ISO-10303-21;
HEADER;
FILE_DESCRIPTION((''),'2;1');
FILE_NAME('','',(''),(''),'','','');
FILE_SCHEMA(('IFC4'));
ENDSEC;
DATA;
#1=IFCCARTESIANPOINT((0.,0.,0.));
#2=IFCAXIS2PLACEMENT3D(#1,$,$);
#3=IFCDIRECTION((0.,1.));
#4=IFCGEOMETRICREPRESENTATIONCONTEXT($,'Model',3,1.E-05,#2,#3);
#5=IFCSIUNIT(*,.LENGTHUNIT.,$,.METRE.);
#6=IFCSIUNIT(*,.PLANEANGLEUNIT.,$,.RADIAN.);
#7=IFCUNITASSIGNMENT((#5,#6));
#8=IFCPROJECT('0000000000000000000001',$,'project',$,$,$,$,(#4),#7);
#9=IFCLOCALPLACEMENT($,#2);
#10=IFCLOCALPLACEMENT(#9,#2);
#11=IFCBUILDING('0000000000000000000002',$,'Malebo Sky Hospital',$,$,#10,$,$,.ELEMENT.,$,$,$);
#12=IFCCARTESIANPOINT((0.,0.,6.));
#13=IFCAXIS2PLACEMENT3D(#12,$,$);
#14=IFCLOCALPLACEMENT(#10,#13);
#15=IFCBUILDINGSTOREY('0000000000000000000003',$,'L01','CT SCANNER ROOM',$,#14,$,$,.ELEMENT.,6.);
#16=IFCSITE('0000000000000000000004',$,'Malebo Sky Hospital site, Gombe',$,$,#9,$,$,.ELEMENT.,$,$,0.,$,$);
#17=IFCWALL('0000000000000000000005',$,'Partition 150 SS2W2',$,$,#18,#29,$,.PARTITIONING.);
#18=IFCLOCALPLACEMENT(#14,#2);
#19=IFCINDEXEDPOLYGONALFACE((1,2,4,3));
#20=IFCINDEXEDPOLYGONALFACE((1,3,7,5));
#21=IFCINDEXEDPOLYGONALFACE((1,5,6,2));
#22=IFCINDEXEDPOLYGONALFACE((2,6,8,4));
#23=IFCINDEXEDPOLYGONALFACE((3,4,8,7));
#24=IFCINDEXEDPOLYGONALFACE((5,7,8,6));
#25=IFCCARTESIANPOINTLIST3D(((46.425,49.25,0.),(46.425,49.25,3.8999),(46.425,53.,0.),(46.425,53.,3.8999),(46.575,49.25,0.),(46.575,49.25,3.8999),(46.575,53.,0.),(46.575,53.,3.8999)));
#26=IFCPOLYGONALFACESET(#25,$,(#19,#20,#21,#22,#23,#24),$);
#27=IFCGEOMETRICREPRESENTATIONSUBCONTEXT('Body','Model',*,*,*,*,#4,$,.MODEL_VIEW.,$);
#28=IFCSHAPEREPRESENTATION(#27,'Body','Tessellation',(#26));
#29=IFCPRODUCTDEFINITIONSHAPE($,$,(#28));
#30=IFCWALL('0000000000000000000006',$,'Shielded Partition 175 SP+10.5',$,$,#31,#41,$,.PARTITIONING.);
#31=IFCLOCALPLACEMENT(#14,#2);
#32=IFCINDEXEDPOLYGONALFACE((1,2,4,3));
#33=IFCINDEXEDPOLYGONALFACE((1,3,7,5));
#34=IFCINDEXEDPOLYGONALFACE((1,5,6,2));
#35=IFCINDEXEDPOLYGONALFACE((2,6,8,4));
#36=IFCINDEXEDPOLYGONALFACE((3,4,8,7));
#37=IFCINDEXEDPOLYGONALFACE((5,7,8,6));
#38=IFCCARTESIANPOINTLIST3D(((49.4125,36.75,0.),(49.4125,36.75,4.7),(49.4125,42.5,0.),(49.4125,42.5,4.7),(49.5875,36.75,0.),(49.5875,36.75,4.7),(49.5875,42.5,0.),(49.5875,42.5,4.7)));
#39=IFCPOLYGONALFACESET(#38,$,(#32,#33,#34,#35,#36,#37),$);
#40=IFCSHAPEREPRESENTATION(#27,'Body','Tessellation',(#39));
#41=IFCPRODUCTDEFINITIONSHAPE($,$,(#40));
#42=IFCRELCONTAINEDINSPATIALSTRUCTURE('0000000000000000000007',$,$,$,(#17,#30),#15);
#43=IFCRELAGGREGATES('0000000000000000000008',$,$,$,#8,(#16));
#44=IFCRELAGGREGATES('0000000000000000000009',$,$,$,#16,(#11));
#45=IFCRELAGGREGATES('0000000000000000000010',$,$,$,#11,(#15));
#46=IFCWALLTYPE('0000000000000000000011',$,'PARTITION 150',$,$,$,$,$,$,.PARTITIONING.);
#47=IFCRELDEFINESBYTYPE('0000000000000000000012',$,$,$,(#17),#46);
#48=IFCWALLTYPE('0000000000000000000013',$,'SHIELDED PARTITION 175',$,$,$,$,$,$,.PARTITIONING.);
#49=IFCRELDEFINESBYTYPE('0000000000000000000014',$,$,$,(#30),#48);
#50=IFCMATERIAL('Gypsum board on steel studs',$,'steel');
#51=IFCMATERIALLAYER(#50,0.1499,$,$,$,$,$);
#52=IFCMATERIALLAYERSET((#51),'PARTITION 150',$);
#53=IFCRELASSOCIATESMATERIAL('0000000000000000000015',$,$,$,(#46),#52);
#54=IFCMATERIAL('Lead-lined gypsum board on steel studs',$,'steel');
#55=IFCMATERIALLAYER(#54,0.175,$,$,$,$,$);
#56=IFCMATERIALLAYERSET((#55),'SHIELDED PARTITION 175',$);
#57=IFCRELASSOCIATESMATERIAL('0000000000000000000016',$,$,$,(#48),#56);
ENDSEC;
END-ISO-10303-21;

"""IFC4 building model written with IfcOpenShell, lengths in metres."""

from ifc_helpers import new_model, si_unit, direction, frame, frame_2d, origin, place, context, subcontext, project, spatial, rectangle, extrude, material, layer, layer_set, type_object, element, save


model = new_model("IFC4")

# Units and contexts
model_context = context("Model", 3, precision=1e-05, world=origin(), true_north=direction((0.0, 1.0)))
body_context = subcontext(model_context, "Body", "Model", "MODEL_VIEW")
ifc_project = project(units=[si_unit("LENGTHUNIT", "METRE"), si_unit("PLANEANGLEUNIT", "RADIAN")], contexts=[model_context])

# Site, building, storey
site_placement = place(None, origin())
site = spatial("IfcSite", under=ifc_project, at=site_placement, Name="Malebo Sky Hospital site, Gombe", CompositionType="ELEMENT", RefElevation=0.0)
building_placement = place(site_placement, origin())
building = spatial("IfcBuilding", under=site, at=building_placement, Name="Malebo Sky Hospital", CompositionType="ELEMENT")
storey_placement = place(building_placement, frame((0.0, 0.0, 6.0)))
storey = spatial("IfcBuildingStorey", under=building, at=storey_placement, Name="L01", Description="CT SCANNER ROOM", CompositionType="ELEMENT", Elevation=6.0)

# Shared definitions
ifc_material_1 = material(Name="Gypsum board on steel studs", Category="steel")

# Shared definitions
ifc_layer_1 = layer(ifc_material_1, 0.1499)
ifc_layer_set_1 = layer_set([ifc_layer_1], Name="PARTITION 150")
wall_type_1 = type_object("IfcWallType", Name="PARTITION 150", PredefinedType="PARTITIONING", material=ifc_layer_set_1)

# Walls
wall_1_placement = place(storey_placement, frame((46.5, 53.0, 0.0), z_axis=(0.0, 0.0, 1.0), x_axis=(0.0, -1.0, 0.0)))
element("IfcWall", 1, at=wall_1_placement, inside=storey, type_object=wall_type_1, Name="Partition 150 SS2W2", PredefinedType="PARTITIONING", context=body_context, shape_type="SweptSolid", body=[
    extrude(rectangle(XDim=3.75, YDim=0.1499, at=frame_2d((1.875, 0.0))), origin(), (0.0, 0.0, 1.0), 3.8999),
])
ifc_material_2 = material(Name="Lead-lined gypsum board on steel studs", Category="steel")
ifc_layer_2 = layer(ifc_material_2, 0.175)
ifc_layer_set_2 = layer_set([ifc_layer_2], Name="SHIELDED PARTITION 175")
wall_type_2 = type_object("IfcWallType", Name="SHIELDED PARTITION 175", PredefinedType="PARTITIONING", material=ifc_layer_set_2)
wall_2_placement = place(storey_placement, frame((49.5, 42.5, 0.0), z_axis=(0.0, 0.0, 1.0), x_axis=(0.0, -1.0, 0.0)))
element("IfcWall", 2, at=wall_2_placement, inside=storey, type_object=wall_type_2, Name="Shielded Partition 175 SP+10.5", PredefinedType="PARTITIONING", context=body_context, shape_type="SweptSolid", body=[
    extrude(rectangle(XDim=5.75, YDim=0.175, at=frame_2d((2.875, 0.0))), origin(), (0.0, 0.0, 1.0), 4.7),
])

save(model, "model.ifc")
